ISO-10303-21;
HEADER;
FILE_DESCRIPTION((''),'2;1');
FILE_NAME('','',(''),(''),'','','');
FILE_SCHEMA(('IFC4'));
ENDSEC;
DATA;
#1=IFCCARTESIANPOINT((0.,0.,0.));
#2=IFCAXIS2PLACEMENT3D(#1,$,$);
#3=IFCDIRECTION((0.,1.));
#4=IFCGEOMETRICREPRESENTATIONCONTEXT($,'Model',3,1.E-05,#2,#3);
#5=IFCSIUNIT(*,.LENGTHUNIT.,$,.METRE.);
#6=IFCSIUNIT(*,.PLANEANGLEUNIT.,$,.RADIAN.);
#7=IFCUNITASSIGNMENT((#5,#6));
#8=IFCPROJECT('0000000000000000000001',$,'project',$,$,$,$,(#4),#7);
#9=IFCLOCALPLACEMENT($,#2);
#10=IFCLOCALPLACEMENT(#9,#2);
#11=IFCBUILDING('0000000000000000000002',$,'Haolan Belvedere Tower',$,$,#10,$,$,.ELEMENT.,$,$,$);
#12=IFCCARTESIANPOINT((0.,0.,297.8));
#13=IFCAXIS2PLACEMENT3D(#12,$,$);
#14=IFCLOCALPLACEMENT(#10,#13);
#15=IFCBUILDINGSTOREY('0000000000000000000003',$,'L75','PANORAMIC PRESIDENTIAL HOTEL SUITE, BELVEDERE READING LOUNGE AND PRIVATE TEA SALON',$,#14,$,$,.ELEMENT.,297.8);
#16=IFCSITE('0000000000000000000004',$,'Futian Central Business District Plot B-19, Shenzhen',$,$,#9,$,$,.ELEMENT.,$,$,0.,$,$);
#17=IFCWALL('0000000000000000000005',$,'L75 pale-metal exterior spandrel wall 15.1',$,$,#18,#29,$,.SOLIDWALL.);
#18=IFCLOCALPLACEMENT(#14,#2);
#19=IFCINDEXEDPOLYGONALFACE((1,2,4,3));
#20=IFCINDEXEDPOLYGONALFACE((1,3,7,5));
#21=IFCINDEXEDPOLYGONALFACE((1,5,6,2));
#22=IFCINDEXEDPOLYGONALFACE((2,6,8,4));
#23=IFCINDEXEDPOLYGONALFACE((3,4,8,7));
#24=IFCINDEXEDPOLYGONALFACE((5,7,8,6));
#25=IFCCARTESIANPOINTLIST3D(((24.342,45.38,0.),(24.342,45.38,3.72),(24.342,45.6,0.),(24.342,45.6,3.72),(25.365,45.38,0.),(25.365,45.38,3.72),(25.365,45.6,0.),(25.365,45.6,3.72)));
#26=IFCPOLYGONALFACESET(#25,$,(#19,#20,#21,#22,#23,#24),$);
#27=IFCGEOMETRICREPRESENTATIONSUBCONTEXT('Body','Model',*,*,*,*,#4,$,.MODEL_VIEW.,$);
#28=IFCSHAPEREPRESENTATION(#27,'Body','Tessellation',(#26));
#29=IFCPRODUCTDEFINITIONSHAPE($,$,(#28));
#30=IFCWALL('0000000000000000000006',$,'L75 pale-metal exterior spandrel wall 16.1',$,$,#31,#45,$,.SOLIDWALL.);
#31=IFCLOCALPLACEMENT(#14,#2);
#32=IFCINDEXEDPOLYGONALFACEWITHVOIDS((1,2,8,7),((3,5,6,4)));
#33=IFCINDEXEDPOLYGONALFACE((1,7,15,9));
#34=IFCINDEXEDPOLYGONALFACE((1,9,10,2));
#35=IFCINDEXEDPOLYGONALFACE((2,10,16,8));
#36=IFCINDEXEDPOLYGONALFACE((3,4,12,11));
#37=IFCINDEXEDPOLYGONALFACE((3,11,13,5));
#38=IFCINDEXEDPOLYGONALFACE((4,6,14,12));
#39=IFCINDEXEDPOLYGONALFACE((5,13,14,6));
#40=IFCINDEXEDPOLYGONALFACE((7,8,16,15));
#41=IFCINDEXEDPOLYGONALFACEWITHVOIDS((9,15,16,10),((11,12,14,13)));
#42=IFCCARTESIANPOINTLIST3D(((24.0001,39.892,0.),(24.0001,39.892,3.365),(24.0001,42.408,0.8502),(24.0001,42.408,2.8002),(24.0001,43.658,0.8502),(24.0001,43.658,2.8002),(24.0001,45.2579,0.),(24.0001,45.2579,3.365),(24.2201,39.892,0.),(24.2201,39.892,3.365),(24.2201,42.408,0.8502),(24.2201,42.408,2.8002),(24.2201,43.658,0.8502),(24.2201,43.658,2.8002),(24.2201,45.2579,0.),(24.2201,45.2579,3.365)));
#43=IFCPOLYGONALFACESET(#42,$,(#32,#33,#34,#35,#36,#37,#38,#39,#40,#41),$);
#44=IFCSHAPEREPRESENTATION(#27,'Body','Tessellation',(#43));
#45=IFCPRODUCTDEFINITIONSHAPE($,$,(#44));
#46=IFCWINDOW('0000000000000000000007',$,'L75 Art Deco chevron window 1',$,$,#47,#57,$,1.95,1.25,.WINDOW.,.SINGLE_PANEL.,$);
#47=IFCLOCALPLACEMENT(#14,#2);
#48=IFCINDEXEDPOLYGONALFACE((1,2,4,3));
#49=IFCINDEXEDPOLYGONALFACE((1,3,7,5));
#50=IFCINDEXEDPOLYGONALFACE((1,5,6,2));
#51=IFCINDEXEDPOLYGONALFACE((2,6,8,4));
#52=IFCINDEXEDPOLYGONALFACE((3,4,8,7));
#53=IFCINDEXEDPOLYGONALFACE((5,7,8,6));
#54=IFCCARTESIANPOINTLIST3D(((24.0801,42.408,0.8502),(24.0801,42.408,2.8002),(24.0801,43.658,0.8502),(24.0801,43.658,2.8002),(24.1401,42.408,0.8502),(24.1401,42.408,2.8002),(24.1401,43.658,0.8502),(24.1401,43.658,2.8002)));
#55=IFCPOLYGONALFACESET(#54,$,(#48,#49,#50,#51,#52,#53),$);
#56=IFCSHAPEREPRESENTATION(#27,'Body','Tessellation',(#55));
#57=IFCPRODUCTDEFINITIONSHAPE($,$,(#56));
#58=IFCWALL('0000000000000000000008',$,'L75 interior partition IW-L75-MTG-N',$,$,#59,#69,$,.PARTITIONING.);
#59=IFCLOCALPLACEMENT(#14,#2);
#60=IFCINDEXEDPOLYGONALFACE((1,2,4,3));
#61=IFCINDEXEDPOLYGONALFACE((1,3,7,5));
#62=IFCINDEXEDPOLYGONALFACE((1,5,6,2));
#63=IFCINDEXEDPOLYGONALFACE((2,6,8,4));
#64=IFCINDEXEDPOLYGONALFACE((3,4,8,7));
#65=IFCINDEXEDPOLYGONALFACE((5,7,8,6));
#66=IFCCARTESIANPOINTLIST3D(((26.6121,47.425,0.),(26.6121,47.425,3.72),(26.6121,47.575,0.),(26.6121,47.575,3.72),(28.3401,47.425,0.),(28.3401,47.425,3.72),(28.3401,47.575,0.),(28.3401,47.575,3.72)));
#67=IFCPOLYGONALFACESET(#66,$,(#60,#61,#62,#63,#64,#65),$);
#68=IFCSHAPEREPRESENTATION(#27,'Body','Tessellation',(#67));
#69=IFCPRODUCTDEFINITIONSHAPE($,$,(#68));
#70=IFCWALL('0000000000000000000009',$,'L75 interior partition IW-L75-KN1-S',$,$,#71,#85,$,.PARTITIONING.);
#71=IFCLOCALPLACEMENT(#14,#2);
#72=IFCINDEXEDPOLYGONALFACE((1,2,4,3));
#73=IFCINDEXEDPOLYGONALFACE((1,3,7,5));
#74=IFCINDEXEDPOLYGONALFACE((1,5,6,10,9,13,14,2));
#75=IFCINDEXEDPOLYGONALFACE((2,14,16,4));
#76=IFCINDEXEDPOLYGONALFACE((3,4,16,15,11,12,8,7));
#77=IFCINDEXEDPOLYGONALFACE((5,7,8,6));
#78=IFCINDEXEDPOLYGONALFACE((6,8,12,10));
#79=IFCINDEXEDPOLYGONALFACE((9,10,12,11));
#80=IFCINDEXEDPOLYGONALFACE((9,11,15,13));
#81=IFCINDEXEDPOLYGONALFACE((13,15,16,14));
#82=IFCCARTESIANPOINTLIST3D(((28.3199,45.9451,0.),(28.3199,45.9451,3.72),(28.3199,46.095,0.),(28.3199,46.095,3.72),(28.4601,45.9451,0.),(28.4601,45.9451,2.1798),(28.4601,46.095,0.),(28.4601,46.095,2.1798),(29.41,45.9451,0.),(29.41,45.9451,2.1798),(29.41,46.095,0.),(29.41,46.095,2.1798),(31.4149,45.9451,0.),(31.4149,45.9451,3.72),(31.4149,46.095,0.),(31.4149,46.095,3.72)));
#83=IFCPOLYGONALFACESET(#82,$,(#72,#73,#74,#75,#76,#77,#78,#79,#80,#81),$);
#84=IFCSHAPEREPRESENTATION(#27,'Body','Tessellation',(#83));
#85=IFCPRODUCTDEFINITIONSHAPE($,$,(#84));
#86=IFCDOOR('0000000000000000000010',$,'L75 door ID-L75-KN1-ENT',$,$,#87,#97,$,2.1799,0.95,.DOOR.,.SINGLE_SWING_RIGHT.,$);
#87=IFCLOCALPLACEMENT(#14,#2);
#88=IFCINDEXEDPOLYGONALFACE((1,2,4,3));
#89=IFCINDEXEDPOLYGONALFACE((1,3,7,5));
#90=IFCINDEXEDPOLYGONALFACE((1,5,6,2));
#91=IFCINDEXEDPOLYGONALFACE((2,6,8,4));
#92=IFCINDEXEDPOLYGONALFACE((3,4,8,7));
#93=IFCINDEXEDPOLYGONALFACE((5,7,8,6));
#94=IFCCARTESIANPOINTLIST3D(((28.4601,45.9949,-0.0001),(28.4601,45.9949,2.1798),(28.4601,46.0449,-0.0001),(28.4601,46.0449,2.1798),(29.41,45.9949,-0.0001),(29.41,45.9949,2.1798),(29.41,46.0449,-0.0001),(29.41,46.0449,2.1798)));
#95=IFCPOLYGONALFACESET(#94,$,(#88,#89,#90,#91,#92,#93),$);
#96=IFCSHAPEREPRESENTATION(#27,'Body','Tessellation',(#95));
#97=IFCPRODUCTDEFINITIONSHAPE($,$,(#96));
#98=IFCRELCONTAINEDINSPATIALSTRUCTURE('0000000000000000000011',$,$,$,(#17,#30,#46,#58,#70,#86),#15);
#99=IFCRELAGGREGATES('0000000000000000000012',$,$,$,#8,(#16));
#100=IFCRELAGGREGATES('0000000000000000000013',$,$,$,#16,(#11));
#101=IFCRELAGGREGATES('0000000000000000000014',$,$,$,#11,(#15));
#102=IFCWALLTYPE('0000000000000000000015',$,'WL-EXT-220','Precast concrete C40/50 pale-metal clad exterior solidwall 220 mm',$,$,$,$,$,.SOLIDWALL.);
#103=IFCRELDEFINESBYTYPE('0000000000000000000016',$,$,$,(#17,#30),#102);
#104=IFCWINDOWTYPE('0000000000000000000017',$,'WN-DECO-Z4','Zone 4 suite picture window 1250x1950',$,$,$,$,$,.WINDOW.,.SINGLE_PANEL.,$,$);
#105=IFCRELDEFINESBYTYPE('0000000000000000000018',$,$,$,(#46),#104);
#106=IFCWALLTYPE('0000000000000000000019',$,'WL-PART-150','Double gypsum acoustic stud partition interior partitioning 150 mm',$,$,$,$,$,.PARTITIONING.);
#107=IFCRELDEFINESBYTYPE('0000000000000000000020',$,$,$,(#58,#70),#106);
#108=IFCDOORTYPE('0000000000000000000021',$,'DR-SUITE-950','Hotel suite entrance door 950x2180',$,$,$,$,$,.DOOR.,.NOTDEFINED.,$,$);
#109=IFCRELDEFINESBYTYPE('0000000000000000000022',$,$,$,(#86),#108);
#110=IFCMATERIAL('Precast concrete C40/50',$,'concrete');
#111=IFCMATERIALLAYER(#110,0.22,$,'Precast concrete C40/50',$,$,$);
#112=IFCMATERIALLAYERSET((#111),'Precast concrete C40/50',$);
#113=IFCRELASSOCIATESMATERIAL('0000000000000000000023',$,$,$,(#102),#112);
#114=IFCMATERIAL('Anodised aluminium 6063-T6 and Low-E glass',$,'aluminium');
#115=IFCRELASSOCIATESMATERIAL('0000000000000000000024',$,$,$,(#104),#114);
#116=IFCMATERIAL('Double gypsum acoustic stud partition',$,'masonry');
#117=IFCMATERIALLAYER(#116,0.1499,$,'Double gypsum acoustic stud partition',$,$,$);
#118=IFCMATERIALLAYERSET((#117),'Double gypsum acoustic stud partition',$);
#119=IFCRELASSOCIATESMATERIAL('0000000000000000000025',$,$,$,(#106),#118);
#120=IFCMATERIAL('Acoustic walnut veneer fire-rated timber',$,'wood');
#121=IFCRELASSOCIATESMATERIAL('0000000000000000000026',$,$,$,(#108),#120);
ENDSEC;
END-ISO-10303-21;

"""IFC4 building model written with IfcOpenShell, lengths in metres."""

from ifc_helpers import new_model, si_unit, direction, frame, frame_2d, origin, place, context, subcontext, project, spatial, rectangle, extrude, material, layer, layer_set, type_object, element, fill, save


model = new_model("IFC4")

# Units and contexts
model_context = context("Model", 3, precision=1e-05, world=origin(), true_north=direction((0.0, 1.0)))
body_context = subcontext(model_context, "Body", "Model", "MODEL_VIEW")
ifc_project = project(units=[si_unit("LENGTHUNIT", "METRE"), si_unit("PLANEANGLEUNIT", "RADIAN")], contexts=[model_context])

# Site, building, storey
site_placement = place(None, origin())
site = spatial("IfcSite", under=ifc_project, at=site_placement, Name="Futian Central Business District Plot B-19, Shenzhen", CompositionType="ELEMENT", RefElevation=0.0)
building_placement = place(site_placement, origin())
building = spatial("IfcBuilding", under=site, at=building_placement, Name="Haolan Belvedere Tower", CompositionType="ELEMENT")
storey_placement = place(building_placement, frame((0.0, 0.0, 297.8)))
storey = spatial("IfcBuildingStorey", under=building, at=storey_placement, Name="L75", Description="PANORAMIC PRESIDENTIAL HOTEL SUITE, BELVEDERE READING LOUNGE AND PRIVATE TEA SALON", CompositionType="ELEMENT", Elevation=297.8)

# Wall
ifc_material_1 = material(Name="Precast concrete C40/50", Category="concrete")
ifc_layer_1 = layer(ifc_material_1, 0.22, Name="Precast concrete C40/50")
ifc_layer_set_1 = layer_set([ifc_layer_1], Name="Precast concrete C40/50")
wall_type_1 = type_object("IfcWallType", Name="WL-EXT-220", Description="Precast concrete C40/50 pale-metal clad exterior solidwall 220 mm", PredefinedType="SOLIDWALL", material=ifc_layer_set_1)
wall_1_placement = place(storey_placement, frame((25.365, 45.49, 0.0), z_axis=(0.0, 0.0, 1.0), x_axis=(-1.0, 0.0, 0.0)))
element("IfcWall", 1, at=wall_1_placement, inside=storey, type_object=wall_type_1, Name="L75 pale-metal exterior spandrel wall 15.1", PredefinedType="SOLIDWALL", context=body_context, shape_type="SweptSolid", body=[
    extrude(rectangle(XDim=1.0229, YDim=0.22, at=frame_2d((0.5115, 0.0))), origin(), (0.0, 0.0, 1.0), 3.72),
])

# Wall, opening, window
wall_2_placement = place(storey_placement, frame((24.1101, 45.2581, 0.0), z_axis=(0.0, 0.0, 1.0), x_axis=(0.0, -1.0, 0.0)))
wall_2 = element("IfcWall", 2, at=wall_2_placement, inside=storey, type_object=wall_type_1, Name="L75 pale-metal exterior spandrel wall 16.1", PredefinedType="SOLIDWALL", context=body_context, shape_type="SweptSolid", body=[
    extrude(rectangle(XDim=5.366, YDim=0.22, at=frame_2d((2.6831, 0.0))), origin(), (0.0, 0.0, 1.0), 3.365),
])
opening_1_placement = place(wall_2_placement, frame((1.6001, 0.0, 0.8501)))
opening_1 = element("IfcOpeningElement", 3, at=opening_1_placement, cuts=wall_2, PredefinedType="OPENING", context=body_context, shape_type="SweptSolid", body=[
    extrude(rectangle(XDim=1.25, YDim=1.95, at=frame_2d((0.625, 0.9751))), frame((0.0, 0.1199, 0.0), z_axis=(0.0, -1.0, 0.0), x_axis=(1.0, 0.0, 0.0)), (0.0, 0.0, 1.0), 0.24),
])
ifc_material_2 = material(Name="Anodised aluminium 6063-T6 and Low-E glass", Category="aluminium")
window_type = type_object("IfcWindowType", Name="WN-DECO-Z4", Description="Zone 4 suite picture window 1250x1950", PartitioningType="SINGLE_PANEL", PredefinedType="WINDOW", material=ifc_material_2)
window_placement = place(opening_1_placement, origin())
window = element("IfcWindow", 4, at=window_placement, inside=storey, type_object=window_type, Name="L75 Art Deco chevron window 1", OverallHeight=1.95, OverallWidth=1.25, PartitioningType="SINGLE_PANEL", PredefinedType="WINDOW", context=body_context, shape_type="SweptSolid", body=[
    extrude(rectangle(XDim=1.25, YDim=1.95, at=frame_2d((0.625, 0.9751))), frame((0.0, 0.03, 0.0), z_axis=(0.0, -1.0, 0.0), x_axis=(1.0, 0.0, 0.0)), (0.0, 0.0, 1.0), 0.0601),
])
fill(opening_1, window)

# Wall
ifc_material_3 = material(Name="Double gypsum acoustic stud partition", Category="masonry")
ifc_layer_2 = layer(ifc_material_3, 0.1499, Name="Double gypsum acoustic stud partition")
ifc_layer_set_2 = layer_set([ifc_layer_2], Name="Double gypsum acoustic stud partition")
wall_type_2 = type_object("IfcWallType", Name="WL-PART-150", Description="Double gypsum acoustic stud partition interior partitioning 150 mm", PredefinedType="PARTITIONING", material=ifc_layer_set_2)
wall_3_placement = place(storey_placement, frame((26.6121, 47.5, 0.0), z_axis=(0.0, 0.0, 1.0), x_axis=(1.0, 0.0, 0.0)))
element("IfcWall", 5, at=wall_3_placement, inside=storey, type_object=wall_type_2, Name="L75 interior partition IW-L75-MTG-N", PredefinedType="PARTITIONING", context=body_context, shape_type="SweptSolid", body=[
    extrude(rectangle(XDim=1.728, YDim=0.1499, at=frame_2d((0.864, 0.0))), origin(), (0.0, 0.0, 1.0), 3.72),
])

# Wall, opening, door
wall_4_placement = place(storey_placement, frame((28.3201, 46.02, 0.0), z_axis=(0.0, 0.0, 1.0), x_axis=(1.0, 0.0, 0.0)))
wall_4 = element("IfcWall", 6, at=wall_4_placement, inside=storey, type_object=wall_type_2, Name="L75 interior partition IW-L75-KN1-S", PredefinedType="PARTITIONING", context=body_context, shape_type="SweptSolid", body=[
    extrude(rectangle(XDim=3.095, YDim=0.1499, at=frame_2d((1.5474, 0.0))), origin(), (0.0, 0.0, 1.0), 3.72),
])
opening_2_placement = place(wall_4_placement, frame((0.1399, 0.0, 0.0)))
opening_2 = element("IfcOpeningElement", 7, at=opening_2_placement, cuts=wall_4, PredefinedType="OPENING", context=body_context, shape_type="SweptSolid", body=[
    extrude(rectangle(XDim=0.95, YDim=2.1799, at=frame_2d((0.4751, 1.0898))), frame((0.0, 0.085, 0.0), z_axis=(0.0, -1.0, 0.0), x_axis=(1.0, 0.0, 0.0)), (0.0, 0.0, 1.0), 0.1699),
])
ifc_material_4 = material(Name="Acoustic walnut veneer fire-rated timber", Category="wood")
door_type_1 = type_object("IfcDoorType", Name="DR-SUITE-950", Description="Hotel suite entrance door 950x2180", OperationType="NOTDEFINED", PredefinedType="DOOR", material=ifc_material_4)
door_1_placement = place(opening_2_placement, origin())
door_1 = element("IfcDoor", 8, at=door_1_placement, inside=storey, type_object=door_type_1, Name="L75 door ID-L75-KN1-ENT", OperationType="SINGLE_SWING_RIGHT", OverallHeight=2.1799, OverallWidth=0.95, PredefinedType="DOOR", context=body_context, shape_type="SweptSolid", body=[
    extrude(rectangle(XDim=0.95, YDim=2.1799, at=frame_2d((0.4751, 1.0898))), frame((0.0, 0.0249, 0.0), z_axis=(0.0, -1.0, 0.0), x_axis=(1.0, 0.0, 0.0)), (0.0, 0.0, 1.0), 0.05),
])
fill(opening_2, door_1)

save(model, "model.ifc")
